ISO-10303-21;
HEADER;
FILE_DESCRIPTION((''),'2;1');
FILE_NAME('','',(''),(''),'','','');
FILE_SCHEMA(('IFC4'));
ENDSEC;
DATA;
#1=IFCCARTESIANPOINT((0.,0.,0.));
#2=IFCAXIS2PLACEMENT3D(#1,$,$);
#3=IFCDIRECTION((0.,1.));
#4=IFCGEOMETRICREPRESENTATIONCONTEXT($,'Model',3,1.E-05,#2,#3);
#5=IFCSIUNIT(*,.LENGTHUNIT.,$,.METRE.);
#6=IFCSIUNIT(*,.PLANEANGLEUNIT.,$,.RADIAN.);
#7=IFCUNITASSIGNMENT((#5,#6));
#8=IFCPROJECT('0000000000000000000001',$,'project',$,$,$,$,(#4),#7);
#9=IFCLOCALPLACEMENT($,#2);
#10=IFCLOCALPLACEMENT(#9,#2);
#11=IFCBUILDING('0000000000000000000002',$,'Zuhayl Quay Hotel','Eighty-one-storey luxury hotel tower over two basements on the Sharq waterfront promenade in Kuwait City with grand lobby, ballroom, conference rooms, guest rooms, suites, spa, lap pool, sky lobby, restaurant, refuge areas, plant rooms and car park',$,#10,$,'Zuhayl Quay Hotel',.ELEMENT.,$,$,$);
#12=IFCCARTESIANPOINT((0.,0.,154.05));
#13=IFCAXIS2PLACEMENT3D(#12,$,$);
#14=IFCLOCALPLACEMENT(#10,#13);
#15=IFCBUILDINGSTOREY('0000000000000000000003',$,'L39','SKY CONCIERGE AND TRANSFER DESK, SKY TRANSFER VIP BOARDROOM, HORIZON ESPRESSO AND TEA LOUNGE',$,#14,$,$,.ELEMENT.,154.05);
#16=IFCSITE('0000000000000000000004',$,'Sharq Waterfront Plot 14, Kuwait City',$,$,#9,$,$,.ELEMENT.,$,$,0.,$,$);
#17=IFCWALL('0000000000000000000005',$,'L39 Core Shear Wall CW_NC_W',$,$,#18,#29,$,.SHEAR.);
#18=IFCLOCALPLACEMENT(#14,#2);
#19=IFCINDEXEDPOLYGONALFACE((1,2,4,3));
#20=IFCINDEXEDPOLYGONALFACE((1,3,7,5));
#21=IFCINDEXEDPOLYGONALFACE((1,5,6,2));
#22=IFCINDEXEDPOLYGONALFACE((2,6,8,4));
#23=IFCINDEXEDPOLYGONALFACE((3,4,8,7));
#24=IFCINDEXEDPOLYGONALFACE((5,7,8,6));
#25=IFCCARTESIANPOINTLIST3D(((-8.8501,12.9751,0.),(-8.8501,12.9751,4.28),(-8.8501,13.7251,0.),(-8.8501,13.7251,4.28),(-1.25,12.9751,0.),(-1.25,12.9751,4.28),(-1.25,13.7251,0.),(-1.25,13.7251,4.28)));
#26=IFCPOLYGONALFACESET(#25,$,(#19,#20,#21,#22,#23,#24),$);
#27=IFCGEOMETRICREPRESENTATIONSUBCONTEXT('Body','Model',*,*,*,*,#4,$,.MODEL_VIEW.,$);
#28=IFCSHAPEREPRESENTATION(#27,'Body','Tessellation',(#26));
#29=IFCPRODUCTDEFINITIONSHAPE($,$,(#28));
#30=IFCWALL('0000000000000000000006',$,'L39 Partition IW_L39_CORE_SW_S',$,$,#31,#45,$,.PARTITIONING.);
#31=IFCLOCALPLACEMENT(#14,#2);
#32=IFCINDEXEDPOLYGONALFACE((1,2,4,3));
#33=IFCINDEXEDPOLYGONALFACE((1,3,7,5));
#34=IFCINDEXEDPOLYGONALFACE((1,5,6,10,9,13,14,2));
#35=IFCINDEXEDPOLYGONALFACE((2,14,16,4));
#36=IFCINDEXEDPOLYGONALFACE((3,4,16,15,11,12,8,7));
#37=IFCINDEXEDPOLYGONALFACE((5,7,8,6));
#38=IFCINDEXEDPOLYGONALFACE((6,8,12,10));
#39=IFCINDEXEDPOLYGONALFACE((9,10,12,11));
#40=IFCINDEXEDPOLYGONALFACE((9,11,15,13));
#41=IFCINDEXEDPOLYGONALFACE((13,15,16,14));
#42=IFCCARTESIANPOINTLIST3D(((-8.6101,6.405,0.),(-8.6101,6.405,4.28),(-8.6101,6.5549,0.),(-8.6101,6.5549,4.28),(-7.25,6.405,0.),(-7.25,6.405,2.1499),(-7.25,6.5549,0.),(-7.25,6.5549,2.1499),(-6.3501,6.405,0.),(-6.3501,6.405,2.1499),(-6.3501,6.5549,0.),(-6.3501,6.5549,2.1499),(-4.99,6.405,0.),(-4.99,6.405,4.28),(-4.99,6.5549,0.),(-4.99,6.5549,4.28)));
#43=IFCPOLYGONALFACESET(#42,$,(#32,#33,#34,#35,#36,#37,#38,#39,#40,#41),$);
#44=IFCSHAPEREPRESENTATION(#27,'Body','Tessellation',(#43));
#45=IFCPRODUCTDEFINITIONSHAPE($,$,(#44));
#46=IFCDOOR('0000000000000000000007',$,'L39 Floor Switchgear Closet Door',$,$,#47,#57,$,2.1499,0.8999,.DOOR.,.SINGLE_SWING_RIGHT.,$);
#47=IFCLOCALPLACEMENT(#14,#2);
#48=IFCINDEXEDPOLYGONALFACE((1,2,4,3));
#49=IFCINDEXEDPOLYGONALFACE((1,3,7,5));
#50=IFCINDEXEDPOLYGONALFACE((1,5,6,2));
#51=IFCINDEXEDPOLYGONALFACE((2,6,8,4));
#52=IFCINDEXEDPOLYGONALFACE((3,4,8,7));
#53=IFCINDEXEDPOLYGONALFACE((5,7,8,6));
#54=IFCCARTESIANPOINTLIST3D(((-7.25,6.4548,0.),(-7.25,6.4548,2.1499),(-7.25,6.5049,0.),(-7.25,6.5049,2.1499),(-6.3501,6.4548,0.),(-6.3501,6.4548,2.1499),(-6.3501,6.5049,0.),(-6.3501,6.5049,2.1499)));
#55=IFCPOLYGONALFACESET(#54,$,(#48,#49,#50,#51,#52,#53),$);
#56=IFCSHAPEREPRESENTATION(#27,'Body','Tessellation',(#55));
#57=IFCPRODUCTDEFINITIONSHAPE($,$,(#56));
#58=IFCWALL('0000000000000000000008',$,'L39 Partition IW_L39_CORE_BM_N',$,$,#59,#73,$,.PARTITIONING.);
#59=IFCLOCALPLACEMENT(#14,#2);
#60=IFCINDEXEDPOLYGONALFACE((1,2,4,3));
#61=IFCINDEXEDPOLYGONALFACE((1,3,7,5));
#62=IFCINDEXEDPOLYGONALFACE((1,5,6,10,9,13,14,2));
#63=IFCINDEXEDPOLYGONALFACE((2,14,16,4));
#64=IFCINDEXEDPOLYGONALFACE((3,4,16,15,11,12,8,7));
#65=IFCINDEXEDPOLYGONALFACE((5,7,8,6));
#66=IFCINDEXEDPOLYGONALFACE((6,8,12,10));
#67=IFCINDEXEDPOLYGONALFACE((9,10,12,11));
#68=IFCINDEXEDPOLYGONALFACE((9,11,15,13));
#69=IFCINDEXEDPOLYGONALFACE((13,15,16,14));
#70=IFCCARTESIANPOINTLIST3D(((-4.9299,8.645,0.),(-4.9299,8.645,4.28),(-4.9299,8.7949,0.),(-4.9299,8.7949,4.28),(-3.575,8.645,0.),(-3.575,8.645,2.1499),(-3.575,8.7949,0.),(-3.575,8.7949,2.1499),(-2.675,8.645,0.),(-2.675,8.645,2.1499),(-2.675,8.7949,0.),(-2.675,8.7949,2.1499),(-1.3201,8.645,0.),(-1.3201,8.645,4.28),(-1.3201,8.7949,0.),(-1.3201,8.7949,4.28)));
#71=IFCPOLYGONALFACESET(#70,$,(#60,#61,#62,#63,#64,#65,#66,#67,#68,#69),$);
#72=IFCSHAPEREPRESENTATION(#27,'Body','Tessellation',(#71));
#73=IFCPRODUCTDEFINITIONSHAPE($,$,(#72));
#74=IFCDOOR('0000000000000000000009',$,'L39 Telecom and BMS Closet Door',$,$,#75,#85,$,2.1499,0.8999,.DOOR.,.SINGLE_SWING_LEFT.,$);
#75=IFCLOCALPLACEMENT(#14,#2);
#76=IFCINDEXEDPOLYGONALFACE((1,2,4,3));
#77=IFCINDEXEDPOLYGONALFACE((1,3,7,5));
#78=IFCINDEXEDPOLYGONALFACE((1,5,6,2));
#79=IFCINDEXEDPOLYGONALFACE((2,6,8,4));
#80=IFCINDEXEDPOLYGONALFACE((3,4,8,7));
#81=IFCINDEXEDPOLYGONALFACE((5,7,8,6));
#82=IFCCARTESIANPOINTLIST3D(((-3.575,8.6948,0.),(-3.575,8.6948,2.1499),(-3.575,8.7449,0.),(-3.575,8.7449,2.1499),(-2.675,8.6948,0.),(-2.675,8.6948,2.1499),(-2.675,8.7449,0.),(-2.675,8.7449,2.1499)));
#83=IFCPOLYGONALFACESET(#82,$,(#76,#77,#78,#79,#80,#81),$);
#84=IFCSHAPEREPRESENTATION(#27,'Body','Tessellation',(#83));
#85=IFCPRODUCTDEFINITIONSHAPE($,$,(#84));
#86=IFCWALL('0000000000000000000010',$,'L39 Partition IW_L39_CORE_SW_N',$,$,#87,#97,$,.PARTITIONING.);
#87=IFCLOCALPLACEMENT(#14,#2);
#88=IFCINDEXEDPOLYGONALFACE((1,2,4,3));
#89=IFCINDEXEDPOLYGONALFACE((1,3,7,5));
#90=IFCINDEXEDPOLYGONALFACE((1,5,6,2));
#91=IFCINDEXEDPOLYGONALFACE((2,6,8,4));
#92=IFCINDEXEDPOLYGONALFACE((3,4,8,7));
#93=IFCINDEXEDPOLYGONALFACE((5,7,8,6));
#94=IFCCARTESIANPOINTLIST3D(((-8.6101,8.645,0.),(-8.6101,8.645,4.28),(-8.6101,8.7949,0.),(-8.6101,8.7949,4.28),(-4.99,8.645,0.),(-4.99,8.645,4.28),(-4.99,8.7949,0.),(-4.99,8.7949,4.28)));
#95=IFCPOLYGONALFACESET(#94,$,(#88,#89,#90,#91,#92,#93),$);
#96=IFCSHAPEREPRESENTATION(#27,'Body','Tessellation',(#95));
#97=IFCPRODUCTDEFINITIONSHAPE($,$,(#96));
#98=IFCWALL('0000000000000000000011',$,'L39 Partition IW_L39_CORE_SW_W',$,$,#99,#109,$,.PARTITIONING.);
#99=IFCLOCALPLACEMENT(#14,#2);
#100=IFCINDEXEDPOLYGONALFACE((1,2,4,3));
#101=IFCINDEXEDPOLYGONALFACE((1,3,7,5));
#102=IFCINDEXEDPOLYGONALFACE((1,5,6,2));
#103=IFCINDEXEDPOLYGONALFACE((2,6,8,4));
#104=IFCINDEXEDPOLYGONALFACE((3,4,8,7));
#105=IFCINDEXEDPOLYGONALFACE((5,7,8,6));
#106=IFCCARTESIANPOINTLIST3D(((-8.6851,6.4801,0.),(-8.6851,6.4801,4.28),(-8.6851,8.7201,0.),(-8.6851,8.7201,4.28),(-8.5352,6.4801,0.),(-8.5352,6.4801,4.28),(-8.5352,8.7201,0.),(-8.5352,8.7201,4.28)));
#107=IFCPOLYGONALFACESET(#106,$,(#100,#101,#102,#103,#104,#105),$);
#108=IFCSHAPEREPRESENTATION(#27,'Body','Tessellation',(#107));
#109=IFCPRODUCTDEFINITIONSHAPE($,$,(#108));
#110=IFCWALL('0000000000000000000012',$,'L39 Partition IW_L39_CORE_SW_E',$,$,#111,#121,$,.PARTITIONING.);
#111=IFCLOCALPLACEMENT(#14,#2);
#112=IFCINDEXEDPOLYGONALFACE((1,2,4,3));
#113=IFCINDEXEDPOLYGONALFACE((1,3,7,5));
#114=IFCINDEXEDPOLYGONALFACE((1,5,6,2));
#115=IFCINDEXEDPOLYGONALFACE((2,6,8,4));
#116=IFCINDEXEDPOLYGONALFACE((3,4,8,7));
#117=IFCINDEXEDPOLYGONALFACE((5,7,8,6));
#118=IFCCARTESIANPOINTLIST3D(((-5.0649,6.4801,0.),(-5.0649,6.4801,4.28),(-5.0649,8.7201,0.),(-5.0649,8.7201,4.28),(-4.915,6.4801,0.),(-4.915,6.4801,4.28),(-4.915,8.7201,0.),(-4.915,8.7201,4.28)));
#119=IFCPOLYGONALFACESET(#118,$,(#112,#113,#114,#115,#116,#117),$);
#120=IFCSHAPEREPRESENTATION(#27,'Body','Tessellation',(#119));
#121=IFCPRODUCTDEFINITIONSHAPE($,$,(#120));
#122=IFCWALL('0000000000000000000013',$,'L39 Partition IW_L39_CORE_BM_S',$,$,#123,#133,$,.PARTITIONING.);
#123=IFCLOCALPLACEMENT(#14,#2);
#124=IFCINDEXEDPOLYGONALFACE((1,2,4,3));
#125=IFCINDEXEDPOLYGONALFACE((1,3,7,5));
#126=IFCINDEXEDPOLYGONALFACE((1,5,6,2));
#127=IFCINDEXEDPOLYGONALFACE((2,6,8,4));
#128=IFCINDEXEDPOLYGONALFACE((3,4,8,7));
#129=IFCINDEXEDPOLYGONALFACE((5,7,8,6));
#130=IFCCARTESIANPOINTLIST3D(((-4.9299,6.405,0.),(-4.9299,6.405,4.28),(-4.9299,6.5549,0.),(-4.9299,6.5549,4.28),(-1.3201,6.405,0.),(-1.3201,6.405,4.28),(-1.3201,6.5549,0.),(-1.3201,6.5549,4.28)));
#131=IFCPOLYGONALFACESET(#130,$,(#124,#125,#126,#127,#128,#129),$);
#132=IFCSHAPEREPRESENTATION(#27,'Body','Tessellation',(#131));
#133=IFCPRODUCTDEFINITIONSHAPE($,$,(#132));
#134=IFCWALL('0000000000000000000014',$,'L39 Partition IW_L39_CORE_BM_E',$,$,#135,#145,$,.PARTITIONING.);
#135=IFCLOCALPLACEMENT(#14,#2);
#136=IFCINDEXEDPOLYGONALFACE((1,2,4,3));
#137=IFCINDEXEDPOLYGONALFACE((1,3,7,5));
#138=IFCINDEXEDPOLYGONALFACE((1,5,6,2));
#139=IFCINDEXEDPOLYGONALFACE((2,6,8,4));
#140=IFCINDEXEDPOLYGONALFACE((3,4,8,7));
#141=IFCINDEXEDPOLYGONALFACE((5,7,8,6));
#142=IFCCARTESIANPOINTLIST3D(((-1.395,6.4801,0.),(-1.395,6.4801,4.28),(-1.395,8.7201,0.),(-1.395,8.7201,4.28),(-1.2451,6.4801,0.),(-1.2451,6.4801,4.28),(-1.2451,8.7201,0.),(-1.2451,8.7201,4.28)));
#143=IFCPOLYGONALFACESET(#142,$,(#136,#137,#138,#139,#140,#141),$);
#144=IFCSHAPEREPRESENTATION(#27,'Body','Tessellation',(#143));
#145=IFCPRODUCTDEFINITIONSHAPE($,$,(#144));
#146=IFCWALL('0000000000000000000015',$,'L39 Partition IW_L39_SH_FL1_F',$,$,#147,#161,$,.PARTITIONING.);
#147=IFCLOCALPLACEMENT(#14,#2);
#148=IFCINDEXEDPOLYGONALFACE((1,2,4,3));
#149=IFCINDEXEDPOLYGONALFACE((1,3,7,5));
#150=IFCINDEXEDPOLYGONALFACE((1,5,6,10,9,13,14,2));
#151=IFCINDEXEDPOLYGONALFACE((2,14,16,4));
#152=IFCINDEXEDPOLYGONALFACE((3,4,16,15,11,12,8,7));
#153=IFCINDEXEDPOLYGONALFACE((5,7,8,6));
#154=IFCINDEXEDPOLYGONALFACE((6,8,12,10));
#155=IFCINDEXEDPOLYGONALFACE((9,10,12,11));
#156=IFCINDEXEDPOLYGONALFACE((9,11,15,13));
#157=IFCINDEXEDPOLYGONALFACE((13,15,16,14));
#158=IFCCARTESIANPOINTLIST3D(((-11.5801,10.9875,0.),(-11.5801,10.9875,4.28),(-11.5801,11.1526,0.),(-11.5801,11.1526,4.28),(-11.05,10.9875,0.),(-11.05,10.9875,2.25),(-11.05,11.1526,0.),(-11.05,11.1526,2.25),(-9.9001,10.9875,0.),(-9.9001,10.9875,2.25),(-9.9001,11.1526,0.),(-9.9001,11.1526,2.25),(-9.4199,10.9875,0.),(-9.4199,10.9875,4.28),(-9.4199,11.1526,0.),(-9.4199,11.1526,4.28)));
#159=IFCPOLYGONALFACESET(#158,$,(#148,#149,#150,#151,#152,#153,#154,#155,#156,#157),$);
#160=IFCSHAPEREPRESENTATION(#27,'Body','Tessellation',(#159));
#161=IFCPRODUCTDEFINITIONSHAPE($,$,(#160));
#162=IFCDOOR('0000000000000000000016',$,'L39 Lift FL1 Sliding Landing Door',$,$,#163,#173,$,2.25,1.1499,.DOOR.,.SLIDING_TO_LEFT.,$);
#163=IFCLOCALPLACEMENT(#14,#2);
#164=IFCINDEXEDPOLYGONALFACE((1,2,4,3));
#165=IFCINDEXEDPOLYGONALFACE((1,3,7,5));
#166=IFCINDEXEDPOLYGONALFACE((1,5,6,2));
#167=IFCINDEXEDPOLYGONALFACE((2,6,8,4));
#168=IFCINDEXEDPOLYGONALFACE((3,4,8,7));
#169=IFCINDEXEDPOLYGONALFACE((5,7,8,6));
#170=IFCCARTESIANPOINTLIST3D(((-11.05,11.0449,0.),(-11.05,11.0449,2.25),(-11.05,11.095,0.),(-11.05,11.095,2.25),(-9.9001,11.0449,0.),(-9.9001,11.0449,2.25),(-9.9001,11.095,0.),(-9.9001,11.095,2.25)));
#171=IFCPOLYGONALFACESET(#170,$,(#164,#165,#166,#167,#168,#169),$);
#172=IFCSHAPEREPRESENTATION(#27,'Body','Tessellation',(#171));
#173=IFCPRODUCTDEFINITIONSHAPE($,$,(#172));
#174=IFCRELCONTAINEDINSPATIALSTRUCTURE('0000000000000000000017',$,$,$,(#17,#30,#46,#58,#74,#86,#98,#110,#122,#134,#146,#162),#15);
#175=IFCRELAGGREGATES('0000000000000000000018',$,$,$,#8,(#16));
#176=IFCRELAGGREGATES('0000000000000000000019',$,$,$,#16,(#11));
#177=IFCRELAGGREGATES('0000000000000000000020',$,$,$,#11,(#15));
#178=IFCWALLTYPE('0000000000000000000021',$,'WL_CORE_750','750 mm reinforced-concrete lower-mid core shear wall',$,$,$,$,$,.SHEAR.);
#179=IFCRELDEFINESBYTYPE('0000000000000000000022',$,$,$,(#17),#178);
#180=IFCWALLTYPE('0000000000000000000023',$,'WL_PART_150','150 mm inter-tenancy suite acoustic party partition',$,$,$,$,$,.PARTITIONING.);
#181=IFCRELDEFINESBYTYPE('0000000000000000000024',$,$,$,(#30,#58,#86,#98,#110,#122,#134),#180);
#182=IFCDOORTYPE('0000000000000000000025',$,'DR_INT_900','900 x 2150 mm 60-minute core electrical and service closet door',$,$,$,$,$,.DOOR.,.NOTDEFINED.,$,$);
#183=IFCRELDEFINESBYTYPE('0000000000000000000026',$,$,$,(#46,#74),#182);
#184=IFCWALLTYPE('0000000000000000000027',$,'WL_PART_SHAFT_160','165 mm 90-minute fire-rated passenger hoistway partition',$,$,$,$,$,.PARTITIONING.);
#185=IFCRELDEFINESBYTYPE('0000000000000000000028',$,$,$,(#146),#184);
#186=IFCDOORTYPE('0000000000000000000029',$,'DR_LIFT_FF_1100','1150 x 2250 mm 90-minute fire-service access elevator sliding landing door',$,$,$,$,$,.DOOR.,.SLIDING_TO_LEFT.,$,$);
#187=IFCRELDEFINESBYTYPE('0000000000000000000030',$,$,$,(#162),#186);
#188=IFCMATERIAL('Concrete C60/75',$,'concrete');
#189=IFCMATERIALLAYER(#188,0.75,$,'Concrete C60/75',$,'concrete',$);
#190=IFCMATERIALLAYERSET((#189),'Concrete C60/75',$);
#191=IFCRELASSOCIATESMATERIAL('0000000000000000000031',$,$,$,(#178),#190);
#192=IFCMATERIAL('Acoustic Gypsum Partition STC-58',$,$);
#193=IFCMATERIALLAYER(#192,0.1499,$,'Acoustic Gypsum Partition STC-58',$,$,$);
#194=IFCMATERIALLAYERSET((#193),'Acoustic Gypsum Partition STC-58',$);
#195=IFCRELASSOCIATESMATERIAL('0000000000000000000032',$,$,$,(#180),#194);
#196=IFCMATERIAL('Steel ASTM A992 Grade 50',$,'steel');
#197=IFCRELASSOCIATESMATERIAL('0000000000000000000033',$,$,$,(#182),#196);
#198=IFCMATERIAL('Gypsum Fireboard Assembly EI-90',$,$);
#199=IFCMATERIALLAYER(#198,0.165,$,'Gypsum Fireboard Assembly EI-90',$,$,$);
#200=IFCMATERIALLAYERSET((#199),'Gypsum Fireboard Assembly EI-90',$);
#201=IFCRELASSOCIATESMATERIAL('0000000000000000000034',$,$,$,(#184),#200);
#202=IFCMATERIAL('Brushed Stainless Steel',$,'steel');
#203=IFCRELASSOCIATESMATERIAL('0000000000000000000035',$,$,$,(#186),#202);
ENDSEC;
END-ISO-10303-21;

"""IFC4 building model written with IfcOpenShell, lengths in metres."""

from ifc_helpers import new_model, si_unit, direction, frame, frame_2d, origin, place, context, subcontext, project, spatial, rectangle, extrude, material, layer, layer_set, type_object, element, fill, save


model = new_model("IFC4")

# Units and contexts
model_context = context("Model", 3, precision=1e-05, world=origin(), true_north=direction((0.0, 1.0)))
body_context = subcontext(model_context, "Body", "Model", "MODEL_VIEW")
ifc_project = project(units=[si_unit("LENGTHUNIT", "METRE"), si_unit("PLANEANGLEUNIT", "RADIAN")], contexts=[model_context])

# Site, building, storey
site_placement = place(None, origin())
site = spatial("IfcSite", under=ifc_project, at=site_placement, Name="Sharq Waterfront Plot 14, Kuwait City", CompositionType="ELEMENT", RefElevation=0.0)
building_placement = place(site_placement, origin())
building = spatial("IfcBuilding", under=site, at=building_placement, Name="Zuhayl Quay Hotel", Description="Eighty-one-storey luxury hotel tower over two basements on the Sharq waterfront promenade in Kuwait City with grand lobby, ballroom, conference rooms, guest rooms, suites, spa, lap pool, sky lobby, restaurant, refuge areas, plant rooms and car park", LongName="Zuhayl Quay Hotel", CompositionType="ELEMENT")
storey_placement = place(building_placement, frame((0.0, 0.0, 154.05)))
storey = spatial("IfcBuildingStorey", under=building, at=storey_placement, Name="L39", Description="SKY CONCIERGE AND TRANSFER DESK, SKY TRANSFER VIP BOARDROOM, HORIZON ESPRESSO AND TEA LOUNGE", CompositionType="ELEMENT", Elevation=154.05)

# Wall
ifc_material_1 = material(Name="Concrete C60/75", Category="concrete")
ifc_layer_1 = layer(ifc_material_1, 0.75, Name="Concrete C60/75", Category="concrete")
ifc_layer_set_1 = layer_set([ifc_layer_1], Name="Concrete C60/75")
wall_type_1 = type_object("IfcWallType", Name="WL_CORE_750", Description="750 mm reinforced-concrete lower-mid core shear wall", PredefinedType="SHEAR", material=ifc_layer_set_1)
wall_1_placement = place(storey_placement, frame((-8.8501, 13.3501, 0.0), z_axis=(0.0, 0.0, 1.0), x_axis=(1.0, 0.0, 0.0)))
element("IfcWall", 1, at=wall_1_placement, inside=storey, type_object=wall_type_1, Name="L39 Core Shear Wall CW_NC_W", PredefinedType="SHEAR", context=body_context, shape_type="SweptSolid", body=[
    extrude(rectangle(XDim=7.6001, YDim=0.75, at=frame_2d((3.8, 0.0))), origin(), (0.0, 0.0, 1.0), 4.28),
])

# Walls, openings, doors
ifc_material_2 = material(Name="Acoustic Gypsum Partition STC-58")
ifc_layer_2 = layer(ifc_material_2, 0.1499, Name="Acoustic Gypsum Partition STC-58")
ifc_layer_set_2 = layer_set([ifc_layer_2], Name="Acoustic Gypsum Partition STC-58")
wall_type_2 = type_object("IfcWallType", Name="WL_PART_150", Description="150 mm inter-tenancy suite acoustic party partition", PredefinedType="PARTITIONING", material=ifc_layer_set_2)
wall_2_placement = place(storey_placement, frame((-8.6101, 6.48, 0.0), z_axis=(0.0, 0.0, 1.0), x_axis=(1.0, 0.0, 0.0)))
wall_2 = element("IfcWall", 2, at=wall_2_placement, inside=storey, type_object=wall_type_2, Name="L39 Partition IW_L39_CORE_SW_S", PredefinedType="PARTITIONING", context=body_context, shape_type="SweptSolid", body=[
    extrude(rectangle(XDim=3.6201, YDim=0.1499, at=frame_2d((1.8101, 0.0))), origin(), (0.0, 0.0, 1.0), 4.28),
])
opening_1_placement = place(wall_2_placement, frame((1.3601, 0.0, 0.0)))
opening_1 = element("IfcOpeningElement", 3, at=opening_1_placement, cuts=wall_2, PredefinedType="OPENING", context=body_context, shape_type="SweptSolid", body=[
    extrude(rectangle(XDim=0.8999, YDim=2.1499, at=frame_2d((0.45, 1.075))), frame((0.0, 0.085, 0.0), z_axis=(0.0, -1.0, 0.0), x_axis=(1.0, 0.0, 0.0)), (0.0, 0.0, 1.0), 0.1699),
])
ifc_material_3 = material(Name="Steel ASTM A992 Grade 50", Category="steel")
door_type_1 = type_object("IfcDoorType", Name="DR_INT_900", Description="900 x 2150 mm 60-minute core electrical and service closet door", OperationType="NOTDEFINED", PredefinedType="DOOR", material=ifc_material_3)
door_1_placement = place(opening_1_placement, origin())
door_1 = element("IfcDoor", 4, at=door_1_placement, inside=storey, type_object=door_type_1, Name="L39 Floor Switchgear Closet Door", OperationType="SINGLE_SWING_RIGHT", OverallHeight=2.1499, OverallWidth=0.8999, PredefinedType="DOOR", context=body_context, shape_type="SweptSolid", body=[
    extrude(rectangle(XDim=0.8999, YDim=2.1499, at=frame_2d((0.45, 1.075))), frame((0.0, 0.0249, 0.0), z_axis=(0.0, -1.0, 0.0), x_axis=(1.0, 0.0, 0.0)), (0.0, 0.0, 1.0), 0.05),
])
fill(opening_1, door_1)
wall_3_placement = place(storey_placement, frame((-4.9299, 8.72, 0.0), z_axis=(0.0, 0.0, 1.0), x_axis=(1.0, 0.0, 0.0)))
wall_3 = element("IfcWall", 5, at=wall_3_placement, inside=storey, type_object=wall_type_2, Name="L39 Partition IW_L39_CORE_BM_N", PredefinedType="PARTITIONING", context=body_context, shape_type="SweptSolid", body=[
    extrude(rectangle(XDim=3.6099, YDim=0.1499, at=frame_2d((1.8049, 0.0))), origin(), (0.0, 0.0, 1.0), 4.28),
])
opening_2_placement = place(wall_3_placement, frame((1.355, 0.0, 0.0)))
opening_2 = element("IfcOpeningElement", 6, at=opening_2_placement, cuts=wall_3, PredefinedType="OPENING", context=body_context, shape_type="SweptSolid", body=[
    extrude(rectangle(XDim=0.8999, YDim=2.1499, at=frame_2d((0.45, 1.075))), frame((0.0, 0.085, 0.0), z_axis=(0.0, -1.0, 0.0), x_axis=(1.0, 0.0, 0.0)), (0.0, 0.0, 1.0), 0.1699),
])
door_2_placement = place(opening_2_placement, origin())
door_2 = element("IfcDoor", 7, at=door_2_placement, inside=storey, type_object=door_type_1, Name="L39 Telecom and BMS Closet Door", OperationType="SINGLE_SWING_LEFT", OverallHeight=2.1499, OverallWidth=0.8999, PredefinedType="DOOR", context=body_context, shape_type="SweptSolid", body=[
    extrude(rectangle(XDim=0.8999, YDim=2.1499, at=frame_2d((0.45, 1.075))), frame((0.0, 0.0249, 0.0), z_axis=(0.0, -1.0, 0.0), x_axis=(1.0, 0.0, 0.0)), (0.0, 0.0, 1.0), 0.05),
])
fill(opening_2, door_2)

# Walls
wall_4_placement = place(storey_placement, frame((-8.6101, 8.72, 0.0), z_axis=(0.0, 0.0, 1.0), x_axis=(1.0, 0.0, 0.0)))
element("IfcWall", 8, at=wall_4_placement, inside=storey, type_object=wall_type_2, Name="L39 Partition IW_L39_CORE_SW_N", PredefinedType="PARTITIONING", context=body_context, shape_type="SweptSolid", body=[
    extrude(rectangle(XDim=3.6201, YDim=0.1499, at=frame_2d((1.8101, 0.0))), origin(), (0.0, 0.0, 1.0), 4.28),
])
for number, where, z_axis, x_axis, name in (
    (9, (-8.6101, 6.48, 0.0), (0.0, 0.0, 1.0), (0.0, 1.0, 0.0), "L39 Partition IW_L39_CORE_SW_W"),
    (10, (-4.99, 6.48, 0.0), (0.0, 0.0, 1.0), (0.0, 1.0, 0.0), "L39 Partition IW_L39_CORE_SW_E"),
):
    element("IfcWall", number, at=place(storey_placement, frame(where, z_axis=z_axis, x_axis=x_axis)), inside=storey, type_object=wall_type_2, Name=name, PredefinedType="PARTITIONING", context=body_context, shape_type="SweptSolid", body=[
        extrude(rectangle(XDim=2.24, YDim=0.1499, at=frame_2d((1.1201, 0.0))), origin(), (0.0, 0.0, 1.0), 4.28),
    ])
wall_5_placement = place(storey_placement, frame((-4.9299, 6.48, 0.0), z_axis=(0.0, 0.0, 1.0), x_axis=(1.0, 0.0, 0.0)))
element("IfcWall", 11, at=wall_5_placement, inside=storey, type_object=wall_type_2, Name="L39 Partition IW_L39_CORE_BM_S", PredefinedType="PARTITIONING", context=body_context, shape_type="SweptSolid", body=[
    extrude(rectangle(XDim=3.6099, YDim=0.1499, at=frame_2d((1.8049, 0.0))), origin(), (0.0, 0.0, 1.0), 4.28),
])
wall_6_placement = place(storey_placement, frame((-1.3201, 6.48, 0.0), z_axis=(0.0, 0.0, 1.0), x_axis=(0.0, 1.0, 0.0)))
element("IfcWall", 12, at=wall_6_placement, inside=storey, type_object=wall_type_2, Name="L39 Partition IW_L39_CORE_BM_E", PredefinedType="PARTITIONING", context=body_context, shape_type="SweptSolid", body=[
    extrude(rectangle(XDim=2.24, YDim=0.1499, at=frame_2d((1.1201, 0.0))), origin(), (0.0, 0.0, 1.0), 4.28),
])

# Wall, opening, door
ifc_material_4 = material(Name="Gypsum Fireboard Assembly EI-90")
ifc_layer_3 = layer(ifc_material_4, 0.165, Name="Gypsum Fireboard Assembly EI-90")
ifc_layer_set_3 = layer_set([ifc_layer_3], Name="Gypsum Fireboard Assembly EI-90")
wall_type_3 = type_object("IfcWallType", Name="WL_PART_SHAFT_160", Description="165 mm 90-minute fire-rated passenger hoistway partition", PredefinedType="PARTITIONING", material=ifc_layer_set_3)
wall_7_placement = place(storey_placement, frame((-11.5801, 11.0701, 0.0), z_axis=(0.0, 0.0, 1.0), x_axis=(1.0, 0.0, 0.0)))
wall_7 = element("IfcWall", 13, at=wall_7_placement, inside=storey, type_object=wall_type_3, Name="L39 Partition IW_L39_SH_FL1_F", PredefinedType="PARTITIONING", context=body_context, shape_type="SweptSolid", body=[
    extrude(rectangle(XDim=2.1602, YDim=0.165, at=frame_2d((1.0801, 0.0))), origin(), (0.0, 0.0, 1.0), 4.28),
])
opening_3_placement = place(wall_7_placement, frame((0.53, 0.0, 0.0)))
opening_3 = element("IfcOpeningElement", 14, at=opening_3_placement, cuts=wall_7, PredefinedType="OPENING", context=body_context, shape_type="SweptSolid", body=[
    extrude(rectangle(XDim=1.1499, YDim=2.25, at=frame_2d((0.575, 1.125))), frame((0.0, 0.0925, 0.0), z_axis=(0.0, -1.0, 0.0), x_axis=(1.0, 0.0, 0.0)), (0.0, 0.0, 1.0), 0.1851),
])
ifc_material_5 = material(Name="Brushed Stainless Steel", Category="steel")
door_type_2 = type_object("IfcDoorType", Name="DR_LIFT_FF_1100", Description="1150 x 2250 mm 90-minute fire-service access elevator sliding landing door", OperationType="SLIDING_TO_LEFT", PredefinedType="DOOR", material=ifc_material_5)
door_3_placement = place(opening_3_placement, origin())
door_3 = element("IfcDoor", 15, at=door_3_placement, inside=storey, type_object=door_type_2, Name="L39 Lift FL1 Sliding Landing Door", OperationType="SLIDING_TO_LEFT", OverallHeight=2.25, OverallWidth=1.1499, PredefinedType="DOOR", context=body_context, shape_type="SweptSolid", body=[
    extrude(rectangle(XDim=1.1499, YDim=2.25, at=frame_2d((0.575, 1.125))), frame((0.0, 0.0249, 0.0), z_axis=(0.0, -1.0, 0.0), x_axis=(1.0, 0.0, 0.0)), (0.0, 0.0, 1.0), 0.05),
])
fill(opening_3, door_3)

save(model, "model.ifc")
